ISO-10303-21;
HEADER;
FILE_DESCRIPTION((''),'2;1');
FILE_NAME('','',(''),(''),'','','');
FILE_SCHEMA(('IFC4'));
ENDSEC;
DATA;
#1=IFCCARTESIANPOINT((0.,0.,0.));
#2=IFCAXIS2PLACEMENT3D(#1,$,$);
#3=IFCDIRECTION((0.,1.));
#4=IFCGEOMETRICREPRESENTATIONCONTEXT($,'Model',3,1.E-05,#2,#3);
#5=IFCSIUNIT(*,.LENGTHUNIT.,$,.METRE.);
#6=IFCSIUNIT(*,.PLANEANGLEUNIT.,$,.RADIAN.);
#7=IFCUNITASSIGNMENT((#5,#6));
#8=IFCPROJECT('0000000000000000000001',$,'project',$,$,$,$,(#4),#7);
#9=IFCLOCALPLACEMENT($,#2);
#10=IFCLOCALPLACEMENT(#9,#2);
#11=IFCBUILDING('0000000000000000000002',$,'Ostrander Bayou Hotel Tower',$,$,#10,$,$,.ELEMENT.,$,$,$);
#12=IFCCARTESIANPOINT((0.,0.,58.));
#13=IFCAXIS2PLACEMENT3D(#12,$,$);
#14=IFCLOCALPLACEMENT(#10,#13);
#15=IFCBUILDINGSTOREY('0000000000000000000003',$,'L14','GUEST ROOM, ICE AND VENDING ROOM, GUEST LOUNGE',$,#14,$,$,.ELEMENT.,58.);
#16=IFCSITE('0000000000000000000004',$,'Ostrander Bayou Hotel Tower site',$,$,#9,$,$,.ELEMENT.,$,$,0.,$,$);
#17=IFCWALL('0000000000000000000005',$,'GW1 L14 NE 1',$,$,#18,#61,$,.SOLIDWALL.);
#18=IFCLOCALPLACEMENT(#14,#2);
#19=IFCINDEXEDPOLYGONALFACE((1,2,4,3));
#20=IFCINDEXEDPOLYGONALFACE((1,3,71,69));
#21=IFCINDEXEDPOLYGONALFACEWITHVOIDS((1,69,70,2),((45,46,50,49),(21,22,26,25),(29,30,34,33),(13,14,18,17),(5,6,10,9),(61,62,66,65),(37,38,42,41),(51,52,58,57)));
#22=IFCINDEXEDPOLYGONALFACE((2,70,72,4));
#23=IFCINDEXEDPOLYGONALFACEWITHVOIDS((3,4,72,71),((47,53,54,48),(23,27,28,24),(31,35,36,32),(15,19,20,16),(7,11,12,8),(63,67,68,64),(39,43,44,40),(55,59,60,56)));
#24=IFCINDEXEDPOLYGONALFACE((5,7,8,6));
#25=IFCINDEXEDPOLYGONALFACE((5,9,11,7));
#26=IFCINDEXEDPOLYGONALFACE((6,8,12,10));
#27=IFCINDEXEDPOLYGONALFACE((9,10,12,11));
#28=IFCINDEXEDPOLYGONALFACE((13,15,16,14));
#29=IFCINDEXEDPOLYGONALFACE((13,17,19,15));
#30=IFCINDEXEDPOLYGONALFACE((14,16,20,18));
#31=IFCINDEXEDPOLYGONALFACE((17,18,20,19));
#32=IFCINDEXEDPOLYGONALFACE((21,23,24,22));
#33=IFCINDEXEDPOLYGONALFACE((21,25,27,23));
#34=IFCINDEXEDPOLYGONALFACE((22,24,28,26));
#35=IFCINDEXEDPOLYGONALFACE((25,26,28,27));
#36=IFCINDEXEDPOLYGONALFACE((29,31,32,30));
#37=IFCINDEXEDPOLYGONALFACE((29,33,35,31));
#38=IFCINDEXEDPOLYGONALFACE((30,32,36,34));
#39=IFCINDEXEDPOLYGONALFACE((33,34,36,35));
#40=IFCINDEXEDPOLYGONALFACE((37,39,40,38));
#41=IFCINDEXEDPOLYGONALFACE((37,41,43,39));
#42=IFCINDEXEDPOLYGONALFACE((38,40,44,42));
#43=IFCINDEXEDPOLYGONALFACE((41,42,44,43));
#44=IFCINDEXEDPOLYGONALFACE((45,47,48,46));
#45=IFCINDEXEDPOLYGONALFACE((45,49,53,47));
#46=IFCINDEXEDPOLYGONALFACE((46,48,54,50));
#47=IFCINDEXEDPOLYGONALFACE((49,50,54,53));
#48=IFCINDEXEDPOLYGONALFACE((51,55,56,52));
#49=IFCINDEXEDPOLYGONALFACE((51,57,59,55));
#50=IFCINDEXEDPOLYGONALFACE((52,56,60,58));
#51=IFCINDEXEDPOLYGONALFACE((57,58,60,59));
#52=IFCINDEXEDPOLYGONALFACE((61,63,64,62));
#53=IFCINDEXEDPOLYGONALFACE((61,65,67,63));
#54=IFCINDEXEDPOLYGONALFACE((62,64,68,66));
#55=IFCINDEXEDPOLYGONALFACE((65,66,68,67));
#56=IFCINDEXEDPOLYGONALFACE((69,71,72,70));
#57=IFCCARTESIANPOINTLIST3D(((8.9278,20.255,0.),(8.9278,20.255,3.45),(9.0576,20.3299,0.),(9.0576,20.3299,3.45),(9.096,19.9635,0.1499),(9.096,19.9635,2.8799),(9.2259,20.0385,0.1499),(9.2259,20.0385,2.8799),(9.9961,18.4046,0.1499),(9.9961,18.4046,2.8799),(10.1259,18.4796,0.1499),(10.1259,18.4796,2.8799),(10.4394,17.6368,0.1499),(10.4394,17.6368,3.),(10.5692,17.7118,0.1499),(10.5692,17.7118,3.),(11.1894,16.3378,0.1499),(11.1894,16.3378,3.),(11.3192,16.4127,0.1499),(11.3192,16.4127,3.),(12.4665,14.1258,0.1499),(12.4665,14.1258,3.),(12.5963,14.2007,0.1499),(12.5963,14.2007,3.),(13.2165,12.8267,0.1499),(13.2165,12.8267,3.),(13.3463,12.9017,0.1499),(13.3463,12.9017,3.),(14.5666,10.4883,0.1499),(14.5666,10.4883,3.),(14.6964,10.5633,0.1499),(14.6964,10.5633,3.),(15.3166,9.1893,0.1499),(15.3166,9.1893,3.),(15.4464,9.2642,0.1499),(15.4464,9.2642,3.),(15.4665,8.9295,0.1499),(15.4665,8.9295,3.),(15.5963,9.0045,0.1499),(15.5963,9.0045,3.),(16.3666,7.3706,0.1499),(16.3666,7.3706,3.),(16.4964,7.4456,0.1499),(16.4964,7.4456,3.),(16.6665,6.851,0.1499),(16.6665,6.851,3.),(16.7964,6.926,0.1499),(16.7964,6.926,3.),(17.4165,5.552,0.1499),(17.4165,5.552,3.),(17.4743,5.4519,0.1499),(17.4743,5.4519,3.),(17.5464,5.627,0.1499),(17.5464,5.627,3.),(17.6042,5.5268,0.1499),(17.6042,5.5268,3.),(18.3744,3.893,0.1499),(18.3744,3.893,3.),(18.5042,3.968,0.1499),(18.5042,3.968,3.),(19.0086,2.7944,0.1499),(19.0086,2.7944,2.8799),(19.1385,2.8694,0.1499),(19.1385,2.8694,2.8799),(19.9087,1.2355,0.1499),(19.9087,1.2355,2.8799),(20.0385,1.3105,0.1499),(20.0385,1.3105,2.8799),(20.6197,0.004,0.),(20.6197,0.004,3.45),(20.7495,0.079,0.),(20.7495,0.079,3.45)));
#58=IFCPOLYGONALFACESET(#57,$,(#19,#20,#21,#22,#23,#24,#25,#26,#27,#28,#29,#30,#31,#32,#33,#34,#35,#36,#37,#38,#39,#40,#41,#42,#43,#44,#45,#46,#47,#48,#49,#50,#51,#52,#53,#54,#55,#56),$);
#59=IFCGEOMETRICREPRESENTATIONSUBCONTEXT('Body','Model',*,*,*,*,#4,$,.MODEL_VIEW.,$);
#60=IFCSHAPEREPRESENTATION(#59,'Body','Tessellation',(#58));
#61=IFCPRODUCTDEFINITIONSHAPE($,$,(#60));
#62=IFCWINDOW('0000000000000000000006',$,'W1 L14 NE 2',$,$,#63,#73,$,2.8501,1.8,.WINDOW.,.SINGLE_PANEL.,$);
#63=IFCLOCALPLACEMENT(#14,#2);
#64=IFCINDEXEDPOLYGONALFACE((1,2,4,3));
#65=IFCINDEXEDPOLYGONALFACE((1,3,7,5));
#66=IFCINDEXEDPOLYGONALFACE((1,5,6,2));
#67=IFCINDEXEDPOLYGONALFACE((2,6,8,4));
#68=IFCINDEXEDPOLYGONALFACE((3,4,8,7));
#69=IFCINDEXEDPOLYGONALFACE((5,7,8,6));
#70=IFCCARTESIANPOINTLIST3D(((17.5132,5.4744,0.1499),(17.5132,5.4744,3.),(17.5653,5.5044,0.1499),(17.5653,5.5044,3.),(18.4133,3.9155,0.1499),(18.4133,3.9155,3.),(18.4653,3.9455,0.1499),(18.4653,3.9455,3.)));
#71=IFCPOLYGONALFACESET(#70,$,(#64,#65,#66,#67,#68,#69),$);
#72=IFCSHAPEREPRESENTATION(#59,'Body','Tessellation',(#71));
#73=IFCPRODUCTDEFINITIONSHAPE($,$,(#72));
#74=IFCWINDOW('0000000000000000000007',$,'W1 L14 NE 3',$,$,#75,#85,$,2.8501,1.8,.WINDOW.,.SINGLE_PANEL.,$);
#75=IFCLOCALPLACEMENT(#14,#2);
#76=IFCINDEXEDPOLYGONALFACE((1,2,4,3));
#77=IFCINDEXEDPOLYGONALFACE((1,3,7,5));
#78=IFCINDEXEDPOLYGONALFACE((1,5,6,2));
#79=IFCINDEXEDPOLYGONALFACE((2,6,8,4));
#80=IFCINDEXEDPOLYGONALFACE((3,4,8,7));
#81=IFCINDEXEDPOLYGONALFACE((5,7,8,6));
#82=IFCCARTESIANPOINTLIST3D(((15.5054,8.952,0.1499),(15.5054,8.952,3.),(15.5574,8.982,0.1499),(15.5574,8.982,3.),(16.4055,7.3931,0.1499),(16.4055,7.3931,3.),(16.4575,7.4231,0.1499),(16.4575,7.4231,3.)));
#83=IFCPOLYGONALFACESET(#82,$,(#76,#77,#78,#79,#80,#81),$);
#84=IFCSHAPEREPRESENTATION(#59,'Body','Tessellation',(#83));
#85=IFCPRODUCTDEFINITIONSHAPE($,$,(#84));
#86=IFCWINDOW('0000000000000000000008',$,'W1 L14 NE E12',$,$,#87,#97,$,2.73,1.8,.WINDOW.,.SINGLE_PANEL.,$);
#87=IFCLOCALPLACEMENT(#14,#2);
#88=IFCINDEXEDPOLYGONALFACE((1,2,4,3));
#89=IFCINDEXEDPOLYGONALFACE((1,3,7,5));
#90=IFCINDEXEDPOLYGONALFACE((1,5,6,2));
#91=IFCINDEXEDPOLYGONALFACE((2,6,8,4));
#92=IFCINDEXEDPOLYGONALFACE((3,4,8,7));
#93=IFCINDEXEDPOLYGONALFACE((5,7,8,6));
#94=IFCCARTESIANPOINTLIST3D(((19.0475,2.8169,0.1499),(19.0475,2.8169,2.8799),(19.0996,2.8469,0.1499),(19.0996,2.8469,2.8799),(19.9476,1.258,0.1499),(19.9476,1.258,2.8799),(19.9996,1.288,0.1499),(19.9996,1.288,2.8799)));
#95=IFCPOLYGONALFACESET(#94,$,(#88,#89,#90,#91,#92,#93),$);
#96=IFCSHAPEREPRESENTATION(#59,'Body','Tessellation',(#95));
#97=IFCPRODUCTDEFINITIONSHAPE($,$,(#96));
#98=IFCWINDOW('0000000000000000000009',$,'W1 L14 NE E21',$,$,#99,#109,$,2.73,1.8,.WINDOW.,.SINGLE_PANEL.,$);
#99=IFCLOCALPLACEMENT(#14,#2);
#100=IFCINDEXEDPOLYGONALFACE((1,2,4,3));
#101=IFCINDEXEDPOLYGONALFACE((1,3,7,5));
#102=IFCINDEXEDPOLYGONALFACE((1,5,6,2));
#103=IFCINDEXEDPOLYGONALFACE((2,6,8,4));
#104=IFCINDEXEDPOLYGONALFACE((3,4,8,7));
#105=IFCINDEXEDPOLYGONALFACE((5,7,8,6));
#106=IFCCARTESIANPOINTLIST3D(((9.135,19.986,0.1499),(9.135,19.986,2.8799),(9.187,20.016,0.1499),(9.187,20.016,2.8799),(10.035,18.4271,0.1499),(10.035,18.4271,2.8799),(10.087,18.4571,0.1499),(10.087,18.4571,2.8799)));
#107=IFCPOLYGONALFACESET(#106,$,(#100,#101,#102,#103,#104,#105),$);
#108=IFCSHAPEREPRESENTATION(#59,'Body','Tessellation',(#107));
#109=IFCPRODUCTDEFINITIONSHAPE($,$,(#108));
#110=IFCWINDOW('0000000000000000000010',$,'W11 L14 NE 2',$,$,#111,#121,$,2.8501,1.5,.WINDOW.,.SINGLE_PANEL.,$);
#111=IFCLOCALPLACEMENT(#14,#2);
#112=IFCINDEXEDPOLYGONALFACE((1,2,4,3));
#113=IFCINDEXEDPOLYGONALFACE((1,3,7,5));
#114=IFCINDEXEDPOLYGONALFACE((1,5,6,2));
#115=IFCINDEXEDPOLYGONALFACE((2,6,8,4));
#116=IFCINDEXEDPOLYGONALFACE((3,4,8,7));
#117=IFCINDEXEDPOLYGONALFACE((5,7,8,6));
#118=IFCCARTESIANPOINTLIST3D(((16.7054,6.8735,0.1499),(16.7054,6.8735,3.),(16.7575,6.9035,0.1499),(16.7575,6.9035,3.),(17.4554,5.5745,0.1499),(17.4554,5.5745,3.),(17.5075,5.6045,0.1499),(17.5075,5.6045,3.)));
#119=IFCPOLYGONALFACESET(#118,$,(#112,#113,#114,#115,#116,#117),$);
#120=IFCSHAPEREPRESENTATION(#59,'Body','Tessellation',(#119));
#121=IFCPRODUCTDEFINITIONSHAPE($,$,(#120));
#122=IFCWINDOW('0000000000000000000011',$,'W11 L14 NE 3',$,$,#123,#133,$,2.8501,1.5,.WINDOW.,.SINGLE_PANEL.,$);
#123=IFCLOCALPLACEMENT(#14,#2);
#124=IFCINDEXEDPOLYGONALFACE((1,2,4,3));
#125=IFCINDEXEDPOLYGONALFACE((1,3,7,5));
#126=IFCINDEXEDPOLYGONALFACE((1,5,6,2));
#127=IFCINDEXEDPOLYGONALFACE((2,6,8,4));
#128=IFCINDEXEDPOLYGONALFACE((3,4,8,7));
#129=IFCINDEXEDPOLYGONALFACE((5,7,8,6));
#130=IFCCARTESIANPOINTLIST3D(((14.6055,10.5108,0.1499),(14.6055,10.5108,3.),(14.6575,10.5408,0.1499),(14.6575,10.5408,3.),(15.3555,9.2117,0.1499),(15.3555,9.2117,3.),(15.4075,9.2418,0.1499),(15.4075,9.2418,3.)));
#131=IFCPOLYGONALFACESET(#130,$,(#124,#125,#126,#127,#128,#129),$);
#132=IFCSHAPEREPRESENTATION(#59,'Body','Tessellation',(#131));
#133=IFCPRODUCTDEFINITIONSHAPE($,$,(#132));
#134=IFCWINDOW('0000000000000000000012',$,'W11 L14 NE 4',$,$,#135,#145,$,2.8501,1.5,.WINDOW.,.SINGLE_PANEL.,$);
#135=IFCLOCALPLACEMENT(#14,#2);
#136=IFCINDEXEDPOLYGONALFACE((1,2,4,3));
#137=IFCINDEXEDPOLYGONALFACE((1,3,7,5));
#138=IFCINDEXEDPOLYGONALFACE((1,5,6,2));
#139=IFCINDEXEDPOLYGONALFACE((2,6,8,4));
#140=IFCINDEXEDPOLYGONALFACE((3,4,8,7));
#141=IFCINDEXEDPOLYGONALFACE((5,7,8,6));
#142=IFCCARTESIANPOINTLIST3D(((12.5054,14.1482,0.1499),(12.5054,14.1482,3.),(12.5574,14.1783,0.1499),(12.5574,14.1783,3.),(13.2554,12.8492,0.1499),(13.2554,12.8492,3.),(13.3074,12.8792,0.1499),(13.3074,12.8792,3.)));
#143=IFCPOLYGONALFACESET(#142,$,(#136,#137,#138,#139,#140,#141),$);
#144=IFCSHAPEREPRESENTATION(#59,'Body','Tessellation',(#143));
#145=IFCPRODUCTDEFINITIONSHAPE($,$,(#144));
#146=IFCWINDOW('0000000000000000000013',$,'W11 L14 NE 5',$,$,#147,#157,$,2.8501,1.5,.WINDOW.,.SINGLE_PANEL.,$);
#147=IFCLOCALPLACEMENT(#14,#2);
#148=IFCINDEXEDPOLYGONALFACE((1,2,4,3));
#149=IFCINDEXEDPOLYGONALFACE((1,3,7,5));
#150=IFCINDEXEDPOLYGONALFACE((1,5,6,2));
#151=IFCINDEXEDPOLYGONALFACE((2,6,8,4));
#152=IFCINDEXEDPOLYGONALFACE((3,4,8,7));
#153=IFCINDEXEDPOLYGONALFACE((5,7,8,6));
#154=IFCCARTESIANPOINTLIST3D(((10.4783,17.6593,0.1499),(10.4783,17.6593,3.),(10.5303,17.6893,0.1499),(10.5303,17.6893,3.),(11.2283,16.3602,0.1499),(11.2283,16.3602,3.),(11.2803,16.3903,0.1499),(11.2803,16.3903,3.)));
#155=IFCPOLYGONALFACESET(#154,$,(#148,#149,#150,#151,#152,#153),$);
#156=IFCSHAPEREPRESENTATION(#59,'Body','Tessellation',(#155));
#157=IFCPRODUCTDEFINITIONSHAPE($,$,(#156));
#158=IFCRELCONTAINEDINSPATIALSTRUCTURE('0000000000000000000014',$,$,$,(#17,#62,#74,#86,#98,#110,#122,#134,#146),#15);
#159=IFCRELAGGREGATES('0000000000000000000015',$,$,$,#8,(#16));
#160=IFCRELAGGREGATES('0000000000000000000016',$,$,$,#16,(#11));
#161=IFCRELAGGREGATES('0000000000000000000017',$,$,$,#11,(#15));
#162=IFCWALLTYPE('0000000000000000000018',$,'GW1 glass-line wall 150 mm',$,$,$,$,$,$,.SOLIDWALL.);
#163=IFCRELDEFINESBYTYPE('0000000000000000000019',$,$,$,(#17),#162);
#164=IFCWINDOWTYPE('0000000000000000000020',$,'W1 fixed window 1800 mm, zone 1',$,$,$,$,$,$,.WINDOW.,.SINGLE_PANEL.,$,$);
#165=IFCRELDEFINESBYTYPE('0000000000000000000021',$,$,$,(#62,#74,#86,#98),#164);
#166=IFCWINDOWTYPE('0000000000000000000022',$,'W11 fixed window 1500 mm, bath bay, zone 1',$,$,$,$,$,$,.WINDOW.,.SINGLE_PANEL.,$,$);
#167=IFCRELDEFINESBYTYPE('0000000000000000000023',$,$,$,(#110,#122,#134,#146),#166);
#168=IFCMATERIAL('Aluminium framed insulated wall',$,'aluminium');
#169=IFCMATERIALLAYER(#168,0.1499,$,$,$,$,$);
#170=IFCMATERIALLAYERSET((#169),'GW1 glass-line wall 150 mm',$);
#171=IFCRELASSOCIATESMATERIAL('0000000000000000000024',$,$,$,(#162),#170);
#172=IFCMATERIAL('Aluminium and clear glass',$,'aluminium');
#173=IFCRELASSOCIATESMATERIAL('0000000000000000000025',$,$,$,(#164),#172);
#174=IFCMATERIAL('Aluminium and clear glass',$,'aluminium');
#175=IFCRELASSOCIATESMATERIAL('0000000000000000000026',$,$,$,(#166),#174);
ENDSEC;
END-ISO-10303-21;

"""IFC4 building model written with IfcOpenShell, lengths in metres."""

from ifc_helpers import new_model, si_unit, direction, frame, frame_2d, origin, place, context, subcontext, project, spatial, rectangle, extrude, material, layer, layer_set, type_object, element, fill, save


model = new_model("IFC4")

# Units and contexts
model_context = context("Model", 3, precision=1e-05, world=origin(), true_north=direction((0.0, 1.0)))
body_context = subcontext(model_context, "Body", "Model", "MODEL_VIEW")
ifc_project = project(units=[si_unit("LENGTHUNIT", "METRE"), si_unit("PLANEANGLEUNIT", "RADIAN")], contexts=[model_context])

# Site, building, storey
site_placement = place(None, origin())
site = spatial("IfcSite", under=ifc_project, at=site_placement, Name="Ostrander Bayou Hotel Tower site", CompositionType="ELEMENT", RefElevation=0.0)
building_placement = place(site_placement, origin())
building = spatial("IfcBuilding", under=site, at=building_placement, Name="Ostrander Bayou Hotel Tower", CompositionType="ELEMENT")
storey_placement = place(building_placement, frame((0.0, 0.0, 58.0)))
storey = spatial("IfcBuildingStorey", under=building, at=storey_placement, Name="L14", Description="GUEST ROOM, ICE AND VENDING ROOM, GUEST LOUNGE", CompositionType="ELEMENT", Elevation=58.0)

# Wall, openings, windows
ifc_material_1 = material(Name="Aluminium framed insulated wall", Category="aluminium")
ifc_layer_1 = layer(ifc_material_1, 0.1499)
ifc_layer_set_1 = layer_set([ifc_layer_1], Name="GW1 glass-line wall 150 mm")
wall_type_1 = type_object("IfcWallType", Name="GW1 glass-line wall 150 mm", PredefinedType="SOLIDWALL", material=ifc_layer_set_1)
wall_1_placement = place(storey_placement, frame((20.6846, 0.0415, 0.0), z_axis=(0.0, 0.0, 1.0), x_axis=(-0.5, 0.866026, 0.0)))
wall_1 = element("IfcWall", 1, at=wall_1_placement, inside=storey, type_object=wall_type_1, Name="GW1 L14 NE 1", PredefinedType="SOLIDWALL", context=body_context, shape_type="SweptSolid", body=[
    extrude(rectangle(XDim=23.3838, YDim=0.1499, at=frame_2d((11.6919, 0.0))), origin(), (0.0, 0.0, 1.0), 3.45),
])
opening_1_placement = place(wall_1_placement, frame((4.4907, 0.0, 0.1499)))
opening_1 = element("IfcOpeningElement", 2, at=opening_1_placement, cuts=wall_1, PredefinedType="OPENING", context=body_context, shape_type="SweptSolid", body=[
    extrude(rectangle(XDim=1.8, YDim=2.8501, at=frame_2d((0.8999, 1.425))), frame((0.0, 0.075, 0.0), z_axis=(0.0, -1.0, 0.0), x_axis=(1.0, 0.0, 0.0)), (0.0, 0.0, 1.0), 0.1499),
])
opening_2_placement = place(wall_1_placement, frame((6.4062, 0.0, 0.1499)))
opening_2 = element("IfcOpeningElement", 3, at=opening_2_placement, cuts=wall_1, PredefinedType="OPENING", context=body_context, shape_type="SweptSolid", body=[
    extrude(rectangle(XDim=1.5, YDim=2.8501, at=frame_2d((0.75, 1.425))), frame((0.0, 0.075, 0.0), z_axis=(0.0, -1.0, 0.0), x_axis=(1.0, 0.0, 0.0)), (0.0, 0.0, 1.0), 0.1499),
])
opening_3_placement = place(wall_1_placement, frame((8.5063, 0.0, 0.1499)))
opening_3 = element("IfcOpeningElement", 4, at=opening_3_placement, cuts=wall_1, PredefinedType="OPENING", context=body_context, shape_type="SweptSolid", body=[
    extrude(rectangle(XDim=1.8, YDim=2.8501, at=frame_2d((0.8999, 1.425))), frame((0.0, 0.075, 0.0), z_axis=(0.0, -1.0, 0.0), x_axis=(1.0, 0.0, 0.0)), (0.0, 0.0, 1.0), 0.1499),
])
opening_4_placement = place(wall_1_placement, frame((10.6062, 0.0, 0.1499)))
opening_4 = element("IfcOpeningElement", 5, at=opening_4_placement, cuts=wall_1, PredefinedType="OPENING", context=body_context, shape_type="SweptSolid", body=[
    extrude(rectangle(XDim=1.5, YDim=2.8501, at=frame_2d((0.75, 1.425))), frame((0.0, 0.075, 0.0), z_axis=(0.0, -1.0, 0.0), x_axis=(1.0, 0.0, 0.0)), (0.0, 0.0, 1.0), 0.1499),
])
opening_5_placement = place(wall_1_placement, frame((14.8064, 0.0, 0.1499)))
opening_5 = element("IfcOpeningElement", 6, at=opening_5_placement, cuts=wall_1, PredefinedType="OPENING", context=body_context, shape_type="SweptSolid", body=[
    extrude(rectangle(XDim=1.5, YDim=2.8501, at=frame_2d((0.75, 1.425))), frame((0.0, 0.075, 0.0), z_axis=(0.0, -1.0, 0.0), x_axis=(1.0, 0.0, 0.0)), (0.0, 0.0, 1.0), 0.1499),
])
opening_6_placement = place(wall_1_placement, frame((18.8606, 0.0, 0.1499)))
opening_6 = element("IfcOpeningElement", 7, at=opening_6_placement, cuts=wall_1, PredefinedType="OPENING", context=body_context, shape_type="SweptSolid", body=[
    extrude(rectangle(XDim=1.5, YDim=2.8501, at=frame_2d((0.75, 1.425))), frame((0.0, 0.075, 0.0), z_axis=(0.0, -1.0, 0.0), x_axis=(1.0, 0.0, 0.0)), (0.0, 0.0, 1.0), 0.1499),
])
opening_7_placement = place(wall_1_placement, frame((1.4221, 0.0, 0.1499)))
opening_7 = element("IfcOpeningElement", 8, at=opening_7_placement, cuts=wall_1, PredefinedType="OPENING", context=body_context, shape_type="SweptSolid", body=[
    extrude(rectangle(XDim=1.8, YDim=2.73, at=frame_2d((0.8999, 1.365))), frame((0.0, 0.075, 0.0), z_axis=(0.0, -1.0, 0.0), x_axis=(1.0, 0.0, 0.0)), (0.0, 0.0, 1.0), 0.1499),
])
opening_8_placement = place(wall_1_placement, frame((21.2473, 0.0, 0.1499)))
opening_8 = element("IfcOpeningElement", 9, at=opening_8_placement, cuts=wall_1, PredefinedType="OPENING", context=body_context, shape_type="SweptSolid", body=[
    extrude(rectangle(XDim=1.8, YDim=2.73, at=frame_2d((0.8999, 1.365))), frame((0.0, 0.075, 0.0), z_axis=(0.0, -1.0, 0.0), x_axis=(1.0, 0.0, 0.0)), (0.0, 0.0, 1.0), 0.1499),
])
ifc_material_2 = material(Name="Aluminium and clear glass", Category="aluminium")
window_type_1 = type_object("IfcWindowType", Name="W1 fixed window 1800 mm, zone 1", PartitioningType="SINGLE_PANEL", PredefinedType="WINDOW", material=ifc_material_2)
window_1_placement = place(opening_1_placement, origin())
window_1 = element("IfcWindow", 10, at=window_1_placement, inside=storey, type_object=window_type_1, Name="W1 L14 NE 2", OverallHeight=2.8501, OverallWidth=1.8, PartitioningType="SINGLE_PANEL", PredefinedType="WINDOW", context=body_context, shape_type="SweptSolid", body=[
    extrude(rectangle(XDim=1.8, YDim=2.8501, at=frame_2d((0.8999, 1.425))), frame((0.0, 0.03, 0.0), z_axis=(0.0, -1.0, 0.0), x_axis=(1.0, 0.0, 0.0)), (0.0, 0.0, 1.0), 0.0601),
])
fill(opening_1, window_1)
window_2_placement = place(opening_3_placement, origin())
window_2 = element("IfcWindow", 11, at=window_2_placement, inside=storey, type_object=window_type_1, Name="W1 L14 NE 3", OverallHeight=2.8501, OverallWidth=1.8, PartitioningType="SINGLE_PANEL", PredefinedType="WINDOW", context=body_context, shape_type="SweptSolid", body=[
    extrude(rectangle(XDim=1.8, YDim=2.8501, at=frame_2d((0.8999, 1.425))), frame((0.0, 0.03, 0.0), z_axis=(0.0, -1.0, 0.0), x_axis=(1.0, 0.0, 0.0)), (0.0, 0.0, 1.0), 0.0601),
])
fill(opening_3, window_2)
window_3_placement = place(opening_7_placement, origin())
window_3 = element("IfcWindow", 12, at=window_3_placement, inside=storey, type_object=window_type_1, Name="W1 L14 NE E12", OverallHeight=2.73, OverallWidth=1.8, PartitioningType="SINGLE_PANEL", PredefinedType="WINDOW", context=body_context, shape_type="SweptSolid", body=[
    extrude(rectangle(XDim=1.8, YDim=2.73, at=frame_2d((0.8999, 1.365))), frame((0.0, 0.03, 0.0), z_axis=(0.0, -1.0, 0.0), x_axis=(1.0, 0.0, 0.0)), (0.0, 0.0, 1.0), 0.0601),
])
fill(opening_7, window_3)
window_4_placement = place(opening_8_placement, origin())
window_4 = element("IfcWindow", 13, at=window_4_placement, inside=storey, type_object=window_type_1, Name="W1 L14 NE E21", OverallHeight=2.73, OverallWidth=1.8, PartitioningType="SINGLE_PANEL", PredefinedType="WINDOW", context=body_context, shape_type="SweptSolid", body=[
    extrude(rectangle(XDim=1.8, YDim=2.73, at=frame_2d((0.8999, 1.365))), frame((0.0, 0.03, 0.0), z_axis=(0.0, -1.0, 0.0), x_axis=(1.0, 0.0, 0.0)), (0.0, 0.0, 1.0), 0.0601),
])
fill(opening_8, window_4)
ifc_material_3 = material(Name="Aluminium and clear glass", Category="aluminium")
window_type_2 = type_object("IfcWindowType", Name="W11 fixed window 1500 mm, bath bay, zone 1", PartitioningType="SINGLE_PANEL", PredefinedType="WINDOW", material=ifc_material_3)
window_5_placement = place(opening_2_placement, origin())
window_5 = element("IfcWindow", 14, at=window_5_placement, inside=storey, type_object=window_type_2, Name="W11 L14 NE 2", OverallHeight=2.8501, OverallWidth=1.5, PartitioningType="SINGLE_PANEL", PredefinedType="WINDOW", context=body_context, shape_type="SweptSolid", body=[
    extrude(rectangle(XDim=1.5, YDim=2.8501, at=frame_2d((0.75, 1.425))), frame((0.0, 0.03, 0.0), z_axis=(0.0, -1.0, 0.0), x_axis=(1.0, 0.0, 0.0)), (0.0, 0.0, 1.0), 0.0601),
])
fill(opening_2, window_5)
window_6_placement = place(opening_4_placement, origin())
window_6 = element("IfcWindow", 15, at=window_6_placement, inside=storey, type_object=window_type_2, Name="W11 L14 NE 3", OverallHeight=2.8501, OverallWidth=1.5, PartitioningType="SINGLE_PANEL", PredefinedType="WINDOW", context=body_context, shape_type="SweptSolid", body=[
    extrude(rectangle(XDim=1.5, YDim=2.8501, at=frame_2d((0.75, 1.425))), frame((0.0, 0.03, 0.0), z_axis=(0.0, -1.0, 0.0), x_axis=(1.0, 0.0, 0.0)), (0.0, 0.0, 1.0), 0.0601),
])
fill(opening_4, window_6)
window_7_placement = place(opening_5_placement, origin())
window_7 = element("IfcWindow", 16, at=window_7_placement, inside=storey, type_object=window_type_2, Name="W11 L14 NE 4", OverallHeight=2.8501, OverallWidth=1.5, PartitioningType="SINGLE_PANEL", PredefinedType="WINDOW", context=body_context, shape_type="SweptSolid", body=[
    extrude(rectangle(XDim=1.5, YDim=2.8501, at=frame_2d((0.75, 1.425))), frame((0.0, 0.03, 0.0), z_axis=(0.0, -1.0, 0.0), x_axis=(1.0, 0.0, 0.0)), (0.0, 0.0, 1.0), 0.0601),
])
fill(opening_5, window_7)
window_8_placement = place(opening_6_placement, origin())
window_8 = element("IfcWindow", 17, at=window_8_placement, inside=storey, type_object=window_type_2, Name="W11 L14 NE 5", OverallHeight=2.8501, OverallWidth=1.5, PartitioningType="SINGLE_PANEL", PredefinedType="WINDOW", context=body_context, shape_type="SweptSolid", body=[
    extrude(rectangle(XDim=1.5, YDim=2.8501, at=frame_2d((0.75, 1.425))), frame((0.0, 0.03, 0.0), z_axis=(0.0, -1.0, 0.0), x_axis=(1.0, 0.0, 0.0)), (0.0, 0.0, 1.0), 0.0601),
])
fill(opening_6, window_8)

save(model, "model.ifc")
